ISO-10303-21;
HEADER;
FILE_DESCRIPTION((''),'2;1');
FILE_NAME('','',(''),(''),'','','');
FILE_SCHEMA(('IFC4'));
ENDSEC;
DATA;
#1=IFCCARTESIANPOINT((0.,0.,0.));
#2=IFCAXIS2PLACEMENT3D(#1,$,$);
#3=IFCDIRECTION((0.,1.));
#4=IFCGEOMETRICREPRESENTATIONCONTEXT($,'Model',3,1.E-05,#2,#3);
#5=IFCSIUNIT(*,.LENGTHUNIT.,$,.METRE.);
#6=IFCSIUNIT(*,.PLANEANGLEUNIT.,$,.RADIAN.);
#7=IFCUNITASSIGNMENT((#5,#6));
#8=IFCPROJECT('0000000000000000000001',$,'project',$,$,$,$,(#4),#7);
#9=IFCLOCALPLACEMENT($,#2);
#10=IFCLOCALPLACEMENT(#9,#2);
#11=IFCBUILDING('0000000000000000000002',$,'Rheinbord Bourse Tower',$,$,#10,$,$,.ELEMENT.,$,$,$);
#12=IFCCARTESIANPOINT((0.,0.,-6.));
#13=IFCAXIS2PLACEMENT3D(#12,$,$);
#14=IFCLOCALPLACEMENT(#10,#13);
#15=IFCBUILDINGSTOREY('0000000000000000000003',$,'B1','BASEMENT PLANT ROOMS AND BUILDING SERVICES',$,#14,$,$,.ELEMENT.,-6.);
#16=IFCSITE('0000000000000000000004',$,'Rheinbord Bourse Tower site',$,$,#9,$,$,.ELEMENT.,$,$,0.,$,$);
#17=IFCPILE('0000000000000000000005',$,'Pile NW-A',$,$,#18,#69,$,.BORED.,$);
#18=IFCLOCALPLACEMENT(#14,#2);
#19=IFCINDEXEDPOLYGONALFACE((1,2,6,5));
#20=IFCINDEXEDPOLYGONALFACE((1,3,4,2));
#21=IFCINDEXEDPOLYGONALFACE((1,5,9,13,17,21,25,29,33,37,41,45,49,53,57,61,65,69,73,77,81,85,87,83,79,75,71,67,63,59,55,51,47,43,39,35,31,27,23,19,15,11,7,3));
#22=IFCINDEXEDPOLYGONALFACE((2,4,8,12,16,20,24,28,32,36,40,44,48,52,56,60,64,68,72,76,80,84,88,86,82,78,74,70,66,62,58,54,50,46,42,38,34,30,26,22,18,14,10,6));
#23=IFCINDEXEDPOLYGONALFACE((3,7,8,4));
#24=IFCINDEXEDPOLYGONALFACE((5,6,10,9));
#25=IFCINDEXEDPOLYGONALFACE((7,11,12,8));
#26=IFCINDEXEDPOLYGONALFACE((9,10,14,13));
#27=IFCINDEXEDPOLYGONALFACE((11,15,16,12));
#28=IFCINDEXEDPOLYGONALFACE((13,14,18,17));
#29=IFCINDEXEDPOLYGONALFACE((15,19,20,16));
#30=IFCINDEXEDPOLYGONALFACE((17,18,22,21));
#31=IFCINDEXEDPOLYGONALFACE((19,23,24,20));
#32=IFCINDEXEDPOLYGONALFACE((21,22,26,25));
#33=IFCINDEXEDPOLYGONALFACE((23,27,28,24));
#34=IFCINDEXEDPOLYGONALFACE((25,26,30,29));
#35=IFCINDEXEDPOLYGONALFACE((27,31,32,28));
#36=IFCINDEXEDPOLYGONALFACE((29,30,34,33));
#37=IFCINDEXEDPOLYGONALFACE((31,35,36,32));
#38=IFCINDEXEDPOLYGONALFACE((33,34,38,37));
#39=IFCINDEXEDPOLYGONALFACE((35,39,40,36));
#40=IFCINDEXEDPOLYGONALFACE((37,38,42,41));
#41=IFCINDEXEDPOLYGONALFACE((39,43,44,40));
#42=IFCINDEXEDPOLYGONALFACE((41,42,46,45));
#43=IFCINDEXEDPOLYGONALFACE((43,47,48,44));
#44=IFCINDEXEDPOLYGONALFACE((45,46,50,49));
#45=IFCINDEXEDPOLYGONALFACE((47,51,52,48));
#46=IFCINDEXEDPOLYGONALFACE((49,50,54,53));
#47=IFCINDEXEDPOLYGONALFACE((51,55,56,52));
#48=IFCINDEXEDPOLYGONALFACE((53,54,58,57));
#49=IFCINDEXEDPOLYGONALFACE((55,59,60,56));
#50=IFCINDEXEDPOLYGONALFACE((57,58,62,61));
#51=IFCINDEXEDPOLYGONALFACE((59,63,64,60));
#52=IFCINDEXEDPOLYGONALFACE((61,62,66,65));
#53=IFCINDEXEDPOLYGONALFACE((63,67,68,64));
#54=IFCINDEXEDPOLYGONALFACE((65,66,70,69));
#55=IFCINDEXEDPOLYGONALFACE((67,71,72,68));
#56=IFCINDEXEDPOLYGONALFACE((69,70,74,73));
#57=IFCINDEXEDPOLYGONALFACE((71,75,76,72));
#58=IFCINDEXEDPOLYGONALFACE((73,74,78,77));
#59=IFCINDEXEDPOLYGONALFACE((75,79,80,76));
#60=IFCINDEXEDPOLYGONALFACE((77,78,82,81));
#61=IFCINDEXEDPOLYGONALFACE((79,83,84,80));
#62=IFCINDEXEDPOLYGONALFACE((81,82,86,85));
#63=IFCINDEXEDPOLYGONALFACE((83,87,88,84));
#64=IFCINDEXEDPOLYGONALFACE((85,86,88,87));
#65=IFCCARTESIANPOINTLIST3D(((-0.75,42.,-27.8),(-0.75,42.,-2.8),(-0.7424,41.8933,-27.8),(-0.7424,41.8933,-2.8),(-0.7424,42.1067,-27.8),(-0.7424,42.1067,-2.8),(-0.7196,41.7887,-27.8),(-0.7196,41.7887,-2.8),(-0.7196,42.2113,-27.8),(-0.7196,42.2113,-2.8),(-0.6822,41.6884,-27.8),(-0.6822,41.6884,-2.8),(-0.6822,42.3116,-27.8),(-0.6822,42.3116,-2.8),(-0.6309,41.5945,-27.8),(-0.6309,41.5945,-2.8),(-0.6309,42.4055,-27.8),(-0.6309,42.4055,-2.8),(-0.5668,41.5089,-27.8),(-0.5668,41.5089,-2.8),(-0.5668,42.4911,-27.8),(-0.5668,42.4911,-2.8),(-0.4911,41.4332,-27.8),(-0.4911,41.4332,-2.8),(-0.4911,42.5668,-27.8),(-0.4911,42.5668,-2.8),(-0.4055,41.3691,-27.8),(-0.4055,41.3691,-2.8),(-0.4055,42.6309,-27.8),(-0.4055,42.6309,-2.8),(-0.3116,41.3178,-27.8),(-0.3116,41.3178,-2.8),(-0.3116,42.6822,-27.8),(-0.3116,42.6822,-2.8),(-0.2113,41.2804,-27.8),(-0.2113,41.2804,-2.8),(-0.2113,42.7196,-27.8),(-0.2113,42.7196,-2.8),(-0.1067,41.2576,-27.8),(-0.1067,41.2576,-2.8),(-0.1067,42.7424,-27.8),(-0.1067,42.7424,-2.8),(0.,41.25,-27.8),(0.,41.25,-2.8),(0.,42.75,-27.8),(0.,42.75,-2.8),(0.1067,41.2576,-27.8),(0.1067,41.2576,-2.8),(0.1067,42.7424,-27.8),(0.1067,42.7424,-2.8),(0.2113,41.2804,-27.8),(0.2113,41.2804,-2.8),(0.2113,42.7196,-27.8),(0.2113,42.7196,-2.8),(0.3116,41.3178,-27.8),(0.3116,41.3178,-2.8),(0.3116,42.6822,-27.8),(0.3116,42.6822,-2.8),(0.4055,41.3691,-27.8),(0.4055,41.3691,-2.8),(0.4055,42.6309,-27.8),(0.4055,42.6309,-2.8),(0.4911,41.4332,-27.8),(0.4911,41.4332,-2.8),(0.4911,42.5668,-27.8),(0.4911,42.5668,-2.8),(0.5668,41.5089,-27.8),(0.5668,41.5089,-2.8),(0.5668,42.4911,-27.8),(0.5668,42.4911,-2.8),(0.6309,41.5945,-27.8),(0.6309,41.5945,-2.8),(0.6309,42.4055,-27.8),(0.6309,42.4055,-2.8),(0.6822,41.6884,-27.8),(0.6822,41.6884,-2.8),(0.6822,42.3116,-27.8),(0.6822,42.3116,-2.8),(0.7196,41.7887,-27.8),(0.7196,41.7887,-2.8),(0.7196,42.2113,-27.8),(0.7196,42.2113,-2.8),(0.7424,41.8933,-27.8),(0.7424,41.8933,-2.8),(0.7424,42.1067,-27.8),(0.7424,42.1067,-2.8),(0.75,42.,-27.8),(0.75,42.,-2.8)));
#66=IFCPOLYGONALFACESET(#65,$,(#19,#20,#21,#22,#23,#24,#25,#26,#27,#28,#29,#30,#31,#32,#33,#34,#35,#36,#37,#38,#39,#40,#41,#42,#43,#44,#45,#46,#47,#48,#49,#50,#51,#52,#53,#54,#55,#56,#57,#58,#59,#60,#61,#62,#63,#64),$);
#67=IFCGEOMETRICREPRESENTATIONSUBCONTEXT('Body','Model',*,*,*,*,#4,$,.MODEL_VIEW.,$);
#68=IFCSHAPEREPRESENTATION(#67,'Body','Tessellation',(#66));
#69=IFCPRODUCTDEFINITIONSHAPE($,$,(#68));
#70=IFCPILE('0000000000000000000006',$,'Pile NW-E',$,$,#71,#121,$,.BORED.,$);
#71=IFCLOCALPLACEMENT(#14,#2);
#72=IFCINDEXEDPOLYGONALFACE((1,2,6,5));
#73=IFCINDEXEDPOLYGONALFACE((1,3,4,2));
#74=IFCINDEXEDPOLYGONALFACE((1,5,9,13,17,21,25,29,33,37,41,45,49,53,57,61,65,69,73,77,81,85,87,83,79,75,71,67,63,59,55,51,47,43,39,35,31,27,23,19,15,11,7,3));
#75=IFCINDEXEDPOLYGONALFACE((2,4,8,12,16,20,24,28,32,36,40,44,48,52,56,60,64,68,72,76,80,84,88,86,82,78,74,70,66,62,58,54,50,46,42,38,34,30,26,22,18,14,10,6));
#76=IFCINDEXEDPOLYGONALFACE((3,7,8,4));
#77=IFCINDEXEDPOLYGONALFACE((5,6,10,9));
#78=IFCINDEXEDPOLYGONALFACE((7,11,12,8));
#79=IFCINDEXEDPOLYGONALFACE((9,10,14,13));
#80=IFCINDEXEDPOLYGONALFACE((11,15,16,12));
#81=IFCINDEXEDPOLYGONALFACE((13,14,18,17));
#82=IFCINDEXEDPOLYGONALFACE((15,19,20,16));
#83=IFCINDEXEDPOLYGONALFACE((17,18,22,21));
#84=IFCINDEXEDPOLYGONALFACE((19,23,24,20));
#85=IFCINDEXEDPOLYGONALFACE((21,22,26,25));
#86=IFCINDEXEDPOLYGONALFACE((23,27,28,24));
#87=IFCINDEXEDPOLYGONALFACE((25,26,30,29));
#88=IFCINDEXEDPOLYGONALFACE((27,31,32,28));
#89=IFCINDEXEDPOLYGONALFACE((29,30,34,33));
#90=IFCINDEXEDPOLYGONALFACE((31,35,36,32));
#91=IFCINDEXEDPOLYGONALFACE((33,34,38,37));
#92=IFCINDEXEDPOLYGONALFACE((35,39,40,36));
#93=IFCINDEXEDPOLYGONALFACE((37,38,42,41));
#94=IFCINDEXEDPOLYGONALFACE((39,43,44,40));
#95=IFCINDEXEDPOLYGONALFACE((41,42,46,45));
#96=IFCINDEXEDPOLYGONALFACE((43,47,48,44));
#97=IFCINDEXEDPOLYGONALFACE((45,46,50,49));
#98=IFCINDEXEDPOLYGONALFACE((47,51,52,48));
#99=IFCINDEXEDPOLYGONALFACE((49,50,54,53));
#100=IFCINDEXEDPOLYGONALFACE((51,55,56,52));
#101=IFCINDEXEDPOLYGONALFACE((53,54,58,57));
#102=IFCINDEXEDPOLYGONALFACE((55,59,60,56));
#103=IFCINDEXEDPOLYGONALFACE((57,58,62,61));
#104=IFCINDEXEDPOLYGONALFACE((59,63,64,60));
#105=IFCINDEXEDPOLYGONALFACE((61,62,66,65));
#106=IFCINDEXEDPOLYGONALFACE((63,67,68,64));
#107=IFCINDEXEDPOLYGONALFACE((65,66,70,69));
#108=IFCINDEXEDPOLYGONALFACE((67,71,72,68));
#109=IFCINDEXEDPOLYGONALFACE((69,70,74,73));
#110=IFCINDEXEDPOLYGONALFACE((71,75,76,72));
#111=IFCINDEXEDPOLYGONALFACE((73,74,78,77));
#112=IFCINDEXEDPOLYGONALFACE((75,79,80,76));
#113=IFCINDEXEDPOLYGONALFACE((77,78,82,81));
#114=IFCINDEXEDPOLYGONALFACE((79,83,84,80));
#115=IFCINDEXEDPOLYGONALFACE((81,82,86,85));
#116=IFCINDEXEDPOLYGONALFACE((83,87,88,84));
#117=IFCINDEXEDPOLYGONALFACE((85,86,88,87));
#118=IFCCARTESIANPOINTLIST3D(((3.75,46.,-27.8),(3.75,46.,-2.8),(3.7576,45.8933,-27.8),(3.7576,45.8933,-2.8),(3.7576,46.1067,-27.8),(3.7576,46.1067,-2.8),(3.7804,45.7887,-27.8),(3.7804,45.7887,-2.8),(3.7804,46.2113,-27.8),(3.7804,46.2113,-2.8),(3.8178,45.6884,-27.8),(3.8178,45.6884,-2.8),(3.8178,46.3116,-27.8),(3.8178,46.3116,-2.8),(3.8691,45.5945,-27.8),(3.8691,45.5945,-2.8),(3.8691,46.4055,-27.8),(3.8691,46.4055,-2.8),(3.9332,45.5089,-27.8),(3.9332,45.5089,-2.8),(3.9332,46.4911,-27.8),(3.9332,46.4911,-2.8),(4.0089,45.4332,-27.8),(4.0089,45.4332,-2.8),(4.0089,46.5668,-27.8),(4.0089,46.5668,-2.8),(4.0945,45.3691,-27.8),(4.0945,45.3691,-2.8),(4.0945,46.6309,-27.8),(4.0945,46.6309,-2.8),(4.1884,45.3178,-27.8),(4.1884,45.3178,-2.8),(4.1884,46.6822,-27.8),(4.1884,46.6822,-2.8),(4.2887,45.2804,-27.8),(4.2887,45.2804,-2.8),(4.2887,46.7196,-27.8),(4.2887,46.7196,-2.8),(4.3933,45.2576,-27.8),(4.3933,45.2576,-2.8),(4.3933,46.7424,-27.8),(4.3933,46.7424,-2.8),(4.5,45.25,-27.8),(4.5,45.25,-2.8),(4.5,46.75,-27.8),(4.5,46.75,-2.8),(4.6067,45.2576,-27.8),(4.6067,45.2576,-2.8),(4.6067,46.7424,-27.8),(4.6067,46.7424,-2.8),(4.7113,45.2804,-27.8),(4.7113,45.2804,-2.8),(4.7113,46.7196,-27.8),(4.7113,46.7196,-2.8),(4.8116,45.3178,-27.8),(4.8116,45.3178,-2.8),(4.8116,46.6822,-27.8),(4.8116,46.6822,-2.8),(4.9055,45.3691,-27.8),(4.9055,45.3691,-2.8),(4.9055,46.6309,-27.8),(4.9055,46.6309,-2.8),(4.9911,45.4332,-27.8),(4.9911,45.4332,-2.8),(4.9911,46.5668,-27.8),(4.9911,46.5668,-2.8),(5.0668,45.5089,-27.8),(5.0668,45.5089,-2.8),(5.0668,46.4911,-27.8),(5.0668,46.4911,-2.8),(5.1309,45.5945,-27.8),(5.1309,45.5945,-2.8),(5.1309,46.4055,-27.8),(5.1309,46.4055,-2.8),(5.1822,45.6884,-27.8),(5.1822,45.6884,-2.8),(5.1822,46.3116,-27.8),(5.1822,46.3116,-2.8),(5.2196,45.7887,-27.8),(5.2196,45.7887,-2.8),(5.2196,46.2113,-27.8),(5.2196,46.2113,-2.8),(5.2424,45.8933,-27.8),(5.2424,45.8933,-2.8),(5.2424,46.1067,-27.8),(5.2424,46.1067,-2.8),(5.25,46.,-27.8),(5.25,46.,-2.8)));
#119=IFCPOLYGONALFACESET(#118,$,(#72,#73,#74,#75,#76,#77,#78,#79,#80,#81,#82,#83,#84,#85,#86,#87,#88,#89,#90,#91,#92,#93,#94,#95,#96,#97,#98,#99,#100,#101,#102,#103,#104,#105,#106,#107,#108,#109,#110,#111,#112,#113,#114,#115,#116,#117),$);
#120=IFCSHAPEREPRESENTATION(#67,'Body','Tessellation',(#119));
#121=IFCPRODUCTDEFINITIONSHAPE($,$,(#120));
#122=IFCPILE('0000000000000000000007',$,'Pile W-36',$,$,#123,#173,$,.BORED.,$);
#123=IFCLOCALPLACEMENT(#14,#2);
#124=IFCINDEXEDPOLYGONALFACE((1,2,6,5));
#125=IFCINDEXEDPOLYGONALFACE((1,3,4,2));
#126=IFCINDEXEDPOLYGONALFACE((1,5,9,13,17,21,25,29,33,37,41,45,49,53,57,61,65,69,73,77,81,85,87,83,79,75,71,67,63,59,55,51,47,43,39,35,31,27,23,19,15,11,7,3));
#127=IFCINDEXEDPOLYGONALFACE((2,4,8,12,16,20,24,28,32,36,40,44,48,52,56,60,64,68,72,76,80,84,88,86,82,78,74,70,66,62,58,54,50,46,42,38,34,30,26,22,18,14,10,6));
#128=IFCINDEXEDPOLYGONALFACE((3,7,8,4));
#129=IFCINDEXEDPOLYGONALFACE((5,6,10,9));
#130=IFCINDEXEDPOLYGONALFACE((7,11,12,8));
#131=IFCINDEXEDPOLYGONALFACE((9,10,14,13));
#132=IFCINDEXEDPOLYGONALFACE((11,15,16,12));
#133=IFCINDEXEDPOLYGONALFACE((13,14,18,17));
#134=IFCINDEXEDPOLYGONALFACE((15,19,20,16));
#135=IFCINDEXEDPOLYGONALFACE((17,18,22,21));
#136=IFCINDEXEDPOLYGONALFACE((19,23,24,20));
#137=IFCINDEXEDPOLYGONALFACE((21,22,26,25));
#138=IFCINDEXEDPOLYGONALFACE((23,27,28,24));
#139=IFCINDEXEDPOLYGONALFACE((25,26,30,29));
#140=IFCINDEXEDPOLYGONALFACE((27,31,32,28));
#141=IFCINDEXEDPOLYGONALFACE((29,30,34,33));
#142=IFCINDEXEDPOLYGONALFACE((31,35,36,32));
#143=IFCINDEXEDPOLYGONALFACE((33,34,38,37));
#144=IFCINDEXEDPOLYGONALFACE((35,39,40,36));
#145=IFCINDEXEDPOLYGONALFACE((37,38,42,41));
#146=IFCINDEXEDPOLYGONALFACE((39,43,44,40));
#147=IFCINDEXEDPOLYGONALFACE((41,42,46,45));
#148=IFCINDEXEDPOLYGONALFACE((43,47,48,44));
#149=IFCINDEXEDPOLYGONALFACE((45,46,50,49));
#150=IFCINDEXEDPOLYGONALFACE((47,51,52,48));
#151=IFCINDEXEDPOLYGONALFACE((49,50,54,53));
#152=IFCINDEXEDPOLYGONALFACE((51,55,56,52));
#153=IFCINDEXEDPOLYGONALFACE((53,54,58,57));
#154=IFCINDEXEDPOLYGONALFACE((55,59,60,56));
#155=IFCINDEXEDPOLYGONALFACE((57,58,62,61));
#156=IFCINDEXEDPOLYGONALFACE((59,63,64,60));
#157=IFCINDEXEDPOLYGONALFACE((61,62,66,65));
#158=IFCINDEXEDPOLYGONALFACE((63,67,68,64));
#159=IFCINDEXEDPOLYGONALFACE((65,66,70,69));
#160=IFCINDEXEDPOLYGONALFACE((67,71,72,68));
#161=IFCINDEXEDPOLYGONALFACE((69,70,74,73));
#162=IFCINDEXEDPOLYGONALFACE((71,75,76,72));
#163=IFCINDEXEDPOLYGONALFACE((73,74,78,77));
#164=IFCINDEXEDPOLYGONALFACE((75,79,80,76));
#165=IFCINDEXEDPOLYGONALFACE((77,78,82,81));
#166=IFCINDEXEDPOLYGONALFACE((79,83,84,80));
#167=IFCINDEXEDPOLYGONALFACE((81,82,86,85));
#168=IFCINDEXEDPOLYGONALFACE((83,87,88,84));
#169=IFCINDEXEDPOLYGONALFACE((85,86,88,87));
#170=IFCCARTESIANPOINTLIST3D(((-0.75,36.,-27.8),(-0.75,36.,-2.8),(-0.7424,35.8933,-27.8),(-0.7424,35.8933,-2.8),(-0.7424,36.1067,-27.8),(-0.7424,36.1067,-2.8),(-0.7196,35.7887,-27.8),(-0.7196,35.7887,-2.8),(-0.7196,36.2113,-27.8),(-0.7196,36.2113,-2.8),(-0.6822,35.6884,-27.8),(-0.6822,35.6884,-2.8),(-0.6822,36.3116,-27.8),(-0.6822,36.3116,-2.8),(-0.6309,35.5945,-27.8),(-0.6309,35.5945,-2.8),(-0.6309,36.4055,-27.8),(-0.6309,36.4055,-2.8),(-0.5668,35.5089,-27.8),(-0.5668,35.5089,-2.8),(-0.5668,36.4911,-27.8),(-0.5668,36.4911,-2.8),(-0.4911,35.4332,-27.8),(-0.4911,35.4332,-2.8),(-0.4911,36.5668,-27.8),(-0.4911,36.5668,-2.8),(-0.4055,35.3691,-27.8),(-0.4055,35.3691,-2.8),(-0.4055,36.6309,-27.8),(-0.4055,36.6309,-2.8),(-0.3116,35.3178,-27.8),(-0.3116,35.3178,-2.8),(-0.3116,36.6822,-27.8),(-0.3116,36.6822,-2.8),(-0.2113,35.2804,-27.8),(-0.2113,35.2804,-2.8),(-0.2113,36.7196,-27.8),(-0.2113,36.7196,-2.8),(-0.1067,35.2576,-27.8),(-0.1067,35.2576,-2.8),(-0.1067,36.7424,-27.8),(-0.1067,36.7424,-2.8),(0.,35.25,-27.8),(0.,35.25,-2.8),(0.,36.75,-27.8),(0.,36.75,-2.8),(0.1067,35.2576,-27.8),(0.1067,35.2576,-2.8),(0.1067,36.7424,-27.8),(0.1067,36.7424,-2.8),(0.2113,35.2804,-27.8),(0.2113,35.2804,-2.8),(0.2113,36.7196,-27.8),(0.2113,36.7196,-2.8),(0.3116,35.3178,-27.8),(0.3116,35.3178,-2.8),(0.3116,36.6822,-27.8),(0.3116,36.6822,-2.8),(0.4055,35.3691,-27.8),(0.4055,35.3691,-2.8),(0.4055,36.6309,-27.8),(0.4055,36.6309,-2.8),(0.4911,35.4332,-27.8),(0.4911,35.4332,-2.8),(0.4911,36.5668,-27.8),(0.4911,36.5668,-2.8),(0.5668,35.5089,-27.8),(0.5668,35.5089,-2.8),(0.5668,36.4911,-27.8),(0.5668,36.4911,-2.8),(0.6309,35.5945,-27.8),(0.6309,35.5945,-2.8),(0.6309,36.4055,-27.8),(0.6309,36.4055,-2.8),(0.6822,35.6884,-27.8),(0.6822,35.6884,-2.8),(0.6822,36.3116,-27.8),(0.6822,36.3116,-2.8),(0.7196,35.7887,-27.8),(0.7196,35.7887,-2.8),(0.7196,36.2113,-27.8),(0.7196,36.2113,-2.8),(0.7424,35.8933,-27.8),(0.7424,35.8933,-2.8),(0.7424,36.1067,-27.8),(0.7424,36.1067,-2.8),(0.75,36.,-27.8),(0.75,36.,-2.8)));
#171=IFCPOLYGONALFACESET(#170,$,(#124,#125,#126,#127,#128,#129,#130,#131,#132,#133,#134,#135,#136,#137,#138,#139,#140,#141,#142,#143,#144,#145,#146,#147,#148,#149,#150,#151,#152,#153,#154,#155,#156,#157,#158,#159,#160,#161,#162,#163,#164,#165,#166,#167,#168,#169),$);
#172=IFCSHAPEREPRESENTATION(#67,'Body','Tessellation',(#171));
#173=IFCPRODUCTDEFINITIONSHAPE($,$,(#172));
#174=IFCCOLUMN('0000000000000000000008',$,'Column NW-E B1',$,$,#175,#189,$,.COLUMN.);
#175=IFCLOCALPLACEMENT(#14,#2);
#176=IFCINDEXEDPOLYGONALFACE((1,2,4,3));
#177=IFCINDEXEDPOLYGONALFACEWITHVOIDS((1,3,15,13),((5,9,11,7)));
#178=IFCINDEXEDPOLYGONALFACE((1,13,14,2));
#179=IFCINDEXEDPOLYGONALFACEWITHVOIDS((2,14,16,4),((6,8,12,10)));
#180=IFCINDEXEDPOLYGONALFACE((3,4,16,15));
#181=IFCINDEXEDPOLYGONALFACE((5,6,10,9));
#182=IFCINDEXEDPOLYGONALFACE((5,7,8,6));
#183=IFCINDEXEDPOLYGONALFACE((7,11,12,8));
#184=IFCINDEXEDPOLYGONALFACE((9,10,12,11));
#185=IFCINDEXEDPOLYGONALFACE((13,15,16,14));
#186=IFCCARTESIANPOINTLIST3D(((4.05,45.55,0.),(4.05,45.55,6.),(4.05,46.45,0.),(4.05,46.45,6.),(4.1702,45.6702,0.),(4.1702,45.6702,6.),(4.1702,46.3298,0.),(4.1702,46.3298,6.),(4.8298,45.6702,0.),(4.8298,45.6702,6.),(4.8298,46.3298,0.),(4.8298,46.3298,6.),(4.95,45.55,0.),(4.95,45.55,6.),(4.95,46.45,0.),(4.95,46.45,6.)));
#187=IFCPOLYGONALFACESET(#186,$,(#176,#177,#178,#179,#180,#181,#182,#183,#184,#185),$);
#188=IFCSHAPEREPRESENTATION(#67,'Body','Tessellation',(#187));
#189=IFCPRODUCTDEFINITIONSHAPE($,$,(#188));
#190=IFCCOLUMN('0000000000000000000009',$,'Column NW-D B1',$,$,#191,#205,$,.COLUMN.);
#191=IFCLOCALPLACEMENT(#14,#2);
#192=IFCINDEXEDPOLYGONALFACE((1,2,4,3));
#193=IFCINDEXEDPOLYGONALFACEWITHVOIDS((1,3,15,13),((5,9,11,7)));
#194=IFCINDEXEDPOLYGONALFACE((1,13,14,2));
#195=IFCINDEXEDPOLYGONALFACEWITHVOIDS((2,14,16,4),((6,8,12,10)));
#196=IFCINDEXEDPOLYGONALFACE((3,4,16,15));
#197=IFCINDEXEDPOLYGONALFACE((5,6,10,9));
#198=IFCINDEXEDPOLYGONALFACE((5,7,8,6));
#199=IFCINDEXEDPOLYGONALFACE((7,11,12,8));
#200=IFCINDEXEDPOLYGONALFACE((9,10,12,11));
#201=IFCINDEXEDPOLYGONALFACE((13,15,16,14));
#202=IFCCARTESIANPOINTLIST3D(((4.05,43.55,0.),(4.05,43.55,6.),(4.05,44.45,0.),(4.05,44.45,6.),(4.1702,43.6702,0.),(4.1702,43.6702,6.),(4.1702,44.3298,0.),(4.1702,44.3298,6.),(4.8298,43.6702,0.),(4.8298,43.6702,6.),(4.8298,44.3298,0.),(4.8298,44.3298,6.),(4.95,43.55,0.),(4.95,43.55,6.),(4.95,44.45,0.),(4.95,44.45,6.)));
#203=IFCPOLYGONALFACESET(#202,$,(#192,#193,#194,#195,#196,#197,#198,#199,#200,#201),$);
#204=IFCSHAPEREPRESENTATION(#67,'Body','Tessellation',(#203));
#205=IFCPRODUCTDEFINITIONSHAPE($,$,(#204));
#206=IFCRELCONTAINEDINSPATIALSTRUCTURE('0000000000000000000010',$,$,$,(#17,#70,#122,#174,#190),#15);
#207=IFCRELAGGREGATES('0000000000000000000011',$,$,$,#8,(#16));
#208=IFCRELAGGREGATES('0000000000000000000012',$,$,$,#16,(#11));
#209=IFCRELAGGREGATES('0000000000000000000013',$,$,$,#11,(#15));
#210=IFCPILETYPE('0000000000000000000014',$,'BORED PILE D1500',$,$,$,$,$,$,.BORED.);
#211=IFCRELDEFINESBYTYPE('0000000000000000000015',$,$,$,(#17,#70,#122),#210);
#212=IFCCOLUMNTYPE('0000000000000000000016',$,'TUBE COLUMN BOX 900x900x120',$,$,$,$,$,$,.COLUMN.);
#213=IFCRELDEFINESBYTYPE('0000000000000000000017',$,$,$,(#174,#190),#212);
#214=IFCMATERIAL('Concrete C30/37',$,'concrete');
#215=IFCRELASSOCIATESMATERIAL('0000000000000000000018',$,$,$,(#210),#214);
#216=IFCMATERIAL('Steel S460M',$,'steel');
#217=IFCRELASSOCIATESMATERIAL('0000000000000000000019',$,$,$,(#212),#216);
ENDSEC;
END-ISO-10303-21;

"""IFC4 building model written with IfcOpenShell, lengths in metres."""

from ifc_helpers import new_model, si_unit, direction, frame, origin, origin_2d, place, context, subcontext, project, spatial, hollow_rectangle, circle, extrude, material, material_profile, profile_set, type_object, element, save


model = new_model("IFC4")

# Units and contexts
model_context = context("Model", 3, precision=1e-05, world=origin(), true_north=direction((0.0, 1.0)))
body_context = subcontext(model_context, "Body", "Model", "MODEL_VIEW")
ifc_project = project(units=[si_unit("LENGTHUNIT", "METRE"), si_unit("PLANEANGLEUNIT", "RADIAN")], contexts=[model_context])

# Site, building, storey
site_placement = place(None, origin())
site = spatial("IfcSite", under=ifc_project, at=site_placement, Name="Rheinbord Bourse Tower site", CompositionType="ELEMENT", RefElevation=0.0)
building_placement = place(site_placement, origin())
building = spatial("IfcBuilding", under=site, at=building_placement, Name="Rheinbord Bourse Tower", CompositionType="ELEMENT")
storey_placement = place(building_placement, frame((0.0, 0.0, -6.0)))
storey = spatial("IfcBuildingStorey", under=building, at=storey_placement, Name="B1", Description="BASEMENT PLANT ROOMS AND BUILDING SERVICES", CompositionType="ELEMENT", Elevation=-6.0)

# Piles
ifc_material_1 = material(Name="Concrete C30/37", Category="concrete")
ifc_material_profile_1 = material_profile(ifc_material_1, circle(Radius=0.75, at=origin_2d()), Name="D1500")
ifc_profile_set_1 = profile_set([ifc_material_profile_1], Name="Concrete C30/37")
pile_type = type_object("IfcPileType", Name="BORED PILE D1500", PredefinedType="BORED", material=ifc_profile_set_1)
for number, where, z_axis, x_axis, name in (
    (1, (0.0, 42.0, -2.8), (0.0, 0.0, -1.0), (1.0, 0.0, 0.0), "Pile NW-A"),
    (2, (4.5, 46.0, -2.8), (0.0, 0.0, -1.0), (1.0, 0.0, 0.0), "Pile NW-E"),
    (3, (0.0, 36.0, -2.8), (0.0, 0.0, -1.0), (1.0, 0.0, 0.0), "Pile W-36"),
):
    element("IfcPile", number, at=place(storey_placement, frame(where, z_axis=z_axis, x_axis=x_axis)), inside=storey, type_object=pile_type, Name=name, PredefinedType="BORED", context=body_context, shape_type="SweptSolid", body=[
        extrude(circle(Radius=0.75, at=origin_2d()), origin(), (0.0, 0.0, 1.0), 25.0),
    ])

# Columns
ifc_material_2 = material(Name="Steel S460M", Category="steel")
ifc_material_profile_2 = material_profile(ifc_material_2, hollow_rectangle(XDim=0.8999, YDim=0.8999, WallThickness=0.1201, at=origin_2d()), Name="BOX 900x900x120")
ifc_profile_set_2 = profile_set([ifc_material_profile_2], Name="Steel S460M")
column_type = type_object("IfcColumnType", Name="TUBE COLUMN BOX 900x900x120", PredefinedType="COLUMN", material=ifc_profile_set_2)
for number, where, z_axis, x_axis, name in (
    (4, (4.5, 46.0, 0.0), (0.0, 0.0, 1.0), (0.0, 1.0, 0.0), "Column NW-E B1"),
    (5, (4.5, 44.0, 0.0), (0.0, 0.0, 1.0), (0.0, 1.0, 0.0), "Column NW-D B1"),
):
    element("IfcColumn", number, at=place(storey_placement, frame(where, z_axis=z_axis, x_axis=x_axis)), inside=storey, type_object=column_type, Name=name, PredefinedType="COLUMN", context=body_context, shape_type="SweptSolid", body=[
        extrude(hollow_rectangle(XDim=0.8999, YDim=0.8999, WallThickness=0.1201, at=origin_2d()), origin(), (0.0, 0.0, 1.0), 6.0),
    ])

save(model, "model.ifc")
